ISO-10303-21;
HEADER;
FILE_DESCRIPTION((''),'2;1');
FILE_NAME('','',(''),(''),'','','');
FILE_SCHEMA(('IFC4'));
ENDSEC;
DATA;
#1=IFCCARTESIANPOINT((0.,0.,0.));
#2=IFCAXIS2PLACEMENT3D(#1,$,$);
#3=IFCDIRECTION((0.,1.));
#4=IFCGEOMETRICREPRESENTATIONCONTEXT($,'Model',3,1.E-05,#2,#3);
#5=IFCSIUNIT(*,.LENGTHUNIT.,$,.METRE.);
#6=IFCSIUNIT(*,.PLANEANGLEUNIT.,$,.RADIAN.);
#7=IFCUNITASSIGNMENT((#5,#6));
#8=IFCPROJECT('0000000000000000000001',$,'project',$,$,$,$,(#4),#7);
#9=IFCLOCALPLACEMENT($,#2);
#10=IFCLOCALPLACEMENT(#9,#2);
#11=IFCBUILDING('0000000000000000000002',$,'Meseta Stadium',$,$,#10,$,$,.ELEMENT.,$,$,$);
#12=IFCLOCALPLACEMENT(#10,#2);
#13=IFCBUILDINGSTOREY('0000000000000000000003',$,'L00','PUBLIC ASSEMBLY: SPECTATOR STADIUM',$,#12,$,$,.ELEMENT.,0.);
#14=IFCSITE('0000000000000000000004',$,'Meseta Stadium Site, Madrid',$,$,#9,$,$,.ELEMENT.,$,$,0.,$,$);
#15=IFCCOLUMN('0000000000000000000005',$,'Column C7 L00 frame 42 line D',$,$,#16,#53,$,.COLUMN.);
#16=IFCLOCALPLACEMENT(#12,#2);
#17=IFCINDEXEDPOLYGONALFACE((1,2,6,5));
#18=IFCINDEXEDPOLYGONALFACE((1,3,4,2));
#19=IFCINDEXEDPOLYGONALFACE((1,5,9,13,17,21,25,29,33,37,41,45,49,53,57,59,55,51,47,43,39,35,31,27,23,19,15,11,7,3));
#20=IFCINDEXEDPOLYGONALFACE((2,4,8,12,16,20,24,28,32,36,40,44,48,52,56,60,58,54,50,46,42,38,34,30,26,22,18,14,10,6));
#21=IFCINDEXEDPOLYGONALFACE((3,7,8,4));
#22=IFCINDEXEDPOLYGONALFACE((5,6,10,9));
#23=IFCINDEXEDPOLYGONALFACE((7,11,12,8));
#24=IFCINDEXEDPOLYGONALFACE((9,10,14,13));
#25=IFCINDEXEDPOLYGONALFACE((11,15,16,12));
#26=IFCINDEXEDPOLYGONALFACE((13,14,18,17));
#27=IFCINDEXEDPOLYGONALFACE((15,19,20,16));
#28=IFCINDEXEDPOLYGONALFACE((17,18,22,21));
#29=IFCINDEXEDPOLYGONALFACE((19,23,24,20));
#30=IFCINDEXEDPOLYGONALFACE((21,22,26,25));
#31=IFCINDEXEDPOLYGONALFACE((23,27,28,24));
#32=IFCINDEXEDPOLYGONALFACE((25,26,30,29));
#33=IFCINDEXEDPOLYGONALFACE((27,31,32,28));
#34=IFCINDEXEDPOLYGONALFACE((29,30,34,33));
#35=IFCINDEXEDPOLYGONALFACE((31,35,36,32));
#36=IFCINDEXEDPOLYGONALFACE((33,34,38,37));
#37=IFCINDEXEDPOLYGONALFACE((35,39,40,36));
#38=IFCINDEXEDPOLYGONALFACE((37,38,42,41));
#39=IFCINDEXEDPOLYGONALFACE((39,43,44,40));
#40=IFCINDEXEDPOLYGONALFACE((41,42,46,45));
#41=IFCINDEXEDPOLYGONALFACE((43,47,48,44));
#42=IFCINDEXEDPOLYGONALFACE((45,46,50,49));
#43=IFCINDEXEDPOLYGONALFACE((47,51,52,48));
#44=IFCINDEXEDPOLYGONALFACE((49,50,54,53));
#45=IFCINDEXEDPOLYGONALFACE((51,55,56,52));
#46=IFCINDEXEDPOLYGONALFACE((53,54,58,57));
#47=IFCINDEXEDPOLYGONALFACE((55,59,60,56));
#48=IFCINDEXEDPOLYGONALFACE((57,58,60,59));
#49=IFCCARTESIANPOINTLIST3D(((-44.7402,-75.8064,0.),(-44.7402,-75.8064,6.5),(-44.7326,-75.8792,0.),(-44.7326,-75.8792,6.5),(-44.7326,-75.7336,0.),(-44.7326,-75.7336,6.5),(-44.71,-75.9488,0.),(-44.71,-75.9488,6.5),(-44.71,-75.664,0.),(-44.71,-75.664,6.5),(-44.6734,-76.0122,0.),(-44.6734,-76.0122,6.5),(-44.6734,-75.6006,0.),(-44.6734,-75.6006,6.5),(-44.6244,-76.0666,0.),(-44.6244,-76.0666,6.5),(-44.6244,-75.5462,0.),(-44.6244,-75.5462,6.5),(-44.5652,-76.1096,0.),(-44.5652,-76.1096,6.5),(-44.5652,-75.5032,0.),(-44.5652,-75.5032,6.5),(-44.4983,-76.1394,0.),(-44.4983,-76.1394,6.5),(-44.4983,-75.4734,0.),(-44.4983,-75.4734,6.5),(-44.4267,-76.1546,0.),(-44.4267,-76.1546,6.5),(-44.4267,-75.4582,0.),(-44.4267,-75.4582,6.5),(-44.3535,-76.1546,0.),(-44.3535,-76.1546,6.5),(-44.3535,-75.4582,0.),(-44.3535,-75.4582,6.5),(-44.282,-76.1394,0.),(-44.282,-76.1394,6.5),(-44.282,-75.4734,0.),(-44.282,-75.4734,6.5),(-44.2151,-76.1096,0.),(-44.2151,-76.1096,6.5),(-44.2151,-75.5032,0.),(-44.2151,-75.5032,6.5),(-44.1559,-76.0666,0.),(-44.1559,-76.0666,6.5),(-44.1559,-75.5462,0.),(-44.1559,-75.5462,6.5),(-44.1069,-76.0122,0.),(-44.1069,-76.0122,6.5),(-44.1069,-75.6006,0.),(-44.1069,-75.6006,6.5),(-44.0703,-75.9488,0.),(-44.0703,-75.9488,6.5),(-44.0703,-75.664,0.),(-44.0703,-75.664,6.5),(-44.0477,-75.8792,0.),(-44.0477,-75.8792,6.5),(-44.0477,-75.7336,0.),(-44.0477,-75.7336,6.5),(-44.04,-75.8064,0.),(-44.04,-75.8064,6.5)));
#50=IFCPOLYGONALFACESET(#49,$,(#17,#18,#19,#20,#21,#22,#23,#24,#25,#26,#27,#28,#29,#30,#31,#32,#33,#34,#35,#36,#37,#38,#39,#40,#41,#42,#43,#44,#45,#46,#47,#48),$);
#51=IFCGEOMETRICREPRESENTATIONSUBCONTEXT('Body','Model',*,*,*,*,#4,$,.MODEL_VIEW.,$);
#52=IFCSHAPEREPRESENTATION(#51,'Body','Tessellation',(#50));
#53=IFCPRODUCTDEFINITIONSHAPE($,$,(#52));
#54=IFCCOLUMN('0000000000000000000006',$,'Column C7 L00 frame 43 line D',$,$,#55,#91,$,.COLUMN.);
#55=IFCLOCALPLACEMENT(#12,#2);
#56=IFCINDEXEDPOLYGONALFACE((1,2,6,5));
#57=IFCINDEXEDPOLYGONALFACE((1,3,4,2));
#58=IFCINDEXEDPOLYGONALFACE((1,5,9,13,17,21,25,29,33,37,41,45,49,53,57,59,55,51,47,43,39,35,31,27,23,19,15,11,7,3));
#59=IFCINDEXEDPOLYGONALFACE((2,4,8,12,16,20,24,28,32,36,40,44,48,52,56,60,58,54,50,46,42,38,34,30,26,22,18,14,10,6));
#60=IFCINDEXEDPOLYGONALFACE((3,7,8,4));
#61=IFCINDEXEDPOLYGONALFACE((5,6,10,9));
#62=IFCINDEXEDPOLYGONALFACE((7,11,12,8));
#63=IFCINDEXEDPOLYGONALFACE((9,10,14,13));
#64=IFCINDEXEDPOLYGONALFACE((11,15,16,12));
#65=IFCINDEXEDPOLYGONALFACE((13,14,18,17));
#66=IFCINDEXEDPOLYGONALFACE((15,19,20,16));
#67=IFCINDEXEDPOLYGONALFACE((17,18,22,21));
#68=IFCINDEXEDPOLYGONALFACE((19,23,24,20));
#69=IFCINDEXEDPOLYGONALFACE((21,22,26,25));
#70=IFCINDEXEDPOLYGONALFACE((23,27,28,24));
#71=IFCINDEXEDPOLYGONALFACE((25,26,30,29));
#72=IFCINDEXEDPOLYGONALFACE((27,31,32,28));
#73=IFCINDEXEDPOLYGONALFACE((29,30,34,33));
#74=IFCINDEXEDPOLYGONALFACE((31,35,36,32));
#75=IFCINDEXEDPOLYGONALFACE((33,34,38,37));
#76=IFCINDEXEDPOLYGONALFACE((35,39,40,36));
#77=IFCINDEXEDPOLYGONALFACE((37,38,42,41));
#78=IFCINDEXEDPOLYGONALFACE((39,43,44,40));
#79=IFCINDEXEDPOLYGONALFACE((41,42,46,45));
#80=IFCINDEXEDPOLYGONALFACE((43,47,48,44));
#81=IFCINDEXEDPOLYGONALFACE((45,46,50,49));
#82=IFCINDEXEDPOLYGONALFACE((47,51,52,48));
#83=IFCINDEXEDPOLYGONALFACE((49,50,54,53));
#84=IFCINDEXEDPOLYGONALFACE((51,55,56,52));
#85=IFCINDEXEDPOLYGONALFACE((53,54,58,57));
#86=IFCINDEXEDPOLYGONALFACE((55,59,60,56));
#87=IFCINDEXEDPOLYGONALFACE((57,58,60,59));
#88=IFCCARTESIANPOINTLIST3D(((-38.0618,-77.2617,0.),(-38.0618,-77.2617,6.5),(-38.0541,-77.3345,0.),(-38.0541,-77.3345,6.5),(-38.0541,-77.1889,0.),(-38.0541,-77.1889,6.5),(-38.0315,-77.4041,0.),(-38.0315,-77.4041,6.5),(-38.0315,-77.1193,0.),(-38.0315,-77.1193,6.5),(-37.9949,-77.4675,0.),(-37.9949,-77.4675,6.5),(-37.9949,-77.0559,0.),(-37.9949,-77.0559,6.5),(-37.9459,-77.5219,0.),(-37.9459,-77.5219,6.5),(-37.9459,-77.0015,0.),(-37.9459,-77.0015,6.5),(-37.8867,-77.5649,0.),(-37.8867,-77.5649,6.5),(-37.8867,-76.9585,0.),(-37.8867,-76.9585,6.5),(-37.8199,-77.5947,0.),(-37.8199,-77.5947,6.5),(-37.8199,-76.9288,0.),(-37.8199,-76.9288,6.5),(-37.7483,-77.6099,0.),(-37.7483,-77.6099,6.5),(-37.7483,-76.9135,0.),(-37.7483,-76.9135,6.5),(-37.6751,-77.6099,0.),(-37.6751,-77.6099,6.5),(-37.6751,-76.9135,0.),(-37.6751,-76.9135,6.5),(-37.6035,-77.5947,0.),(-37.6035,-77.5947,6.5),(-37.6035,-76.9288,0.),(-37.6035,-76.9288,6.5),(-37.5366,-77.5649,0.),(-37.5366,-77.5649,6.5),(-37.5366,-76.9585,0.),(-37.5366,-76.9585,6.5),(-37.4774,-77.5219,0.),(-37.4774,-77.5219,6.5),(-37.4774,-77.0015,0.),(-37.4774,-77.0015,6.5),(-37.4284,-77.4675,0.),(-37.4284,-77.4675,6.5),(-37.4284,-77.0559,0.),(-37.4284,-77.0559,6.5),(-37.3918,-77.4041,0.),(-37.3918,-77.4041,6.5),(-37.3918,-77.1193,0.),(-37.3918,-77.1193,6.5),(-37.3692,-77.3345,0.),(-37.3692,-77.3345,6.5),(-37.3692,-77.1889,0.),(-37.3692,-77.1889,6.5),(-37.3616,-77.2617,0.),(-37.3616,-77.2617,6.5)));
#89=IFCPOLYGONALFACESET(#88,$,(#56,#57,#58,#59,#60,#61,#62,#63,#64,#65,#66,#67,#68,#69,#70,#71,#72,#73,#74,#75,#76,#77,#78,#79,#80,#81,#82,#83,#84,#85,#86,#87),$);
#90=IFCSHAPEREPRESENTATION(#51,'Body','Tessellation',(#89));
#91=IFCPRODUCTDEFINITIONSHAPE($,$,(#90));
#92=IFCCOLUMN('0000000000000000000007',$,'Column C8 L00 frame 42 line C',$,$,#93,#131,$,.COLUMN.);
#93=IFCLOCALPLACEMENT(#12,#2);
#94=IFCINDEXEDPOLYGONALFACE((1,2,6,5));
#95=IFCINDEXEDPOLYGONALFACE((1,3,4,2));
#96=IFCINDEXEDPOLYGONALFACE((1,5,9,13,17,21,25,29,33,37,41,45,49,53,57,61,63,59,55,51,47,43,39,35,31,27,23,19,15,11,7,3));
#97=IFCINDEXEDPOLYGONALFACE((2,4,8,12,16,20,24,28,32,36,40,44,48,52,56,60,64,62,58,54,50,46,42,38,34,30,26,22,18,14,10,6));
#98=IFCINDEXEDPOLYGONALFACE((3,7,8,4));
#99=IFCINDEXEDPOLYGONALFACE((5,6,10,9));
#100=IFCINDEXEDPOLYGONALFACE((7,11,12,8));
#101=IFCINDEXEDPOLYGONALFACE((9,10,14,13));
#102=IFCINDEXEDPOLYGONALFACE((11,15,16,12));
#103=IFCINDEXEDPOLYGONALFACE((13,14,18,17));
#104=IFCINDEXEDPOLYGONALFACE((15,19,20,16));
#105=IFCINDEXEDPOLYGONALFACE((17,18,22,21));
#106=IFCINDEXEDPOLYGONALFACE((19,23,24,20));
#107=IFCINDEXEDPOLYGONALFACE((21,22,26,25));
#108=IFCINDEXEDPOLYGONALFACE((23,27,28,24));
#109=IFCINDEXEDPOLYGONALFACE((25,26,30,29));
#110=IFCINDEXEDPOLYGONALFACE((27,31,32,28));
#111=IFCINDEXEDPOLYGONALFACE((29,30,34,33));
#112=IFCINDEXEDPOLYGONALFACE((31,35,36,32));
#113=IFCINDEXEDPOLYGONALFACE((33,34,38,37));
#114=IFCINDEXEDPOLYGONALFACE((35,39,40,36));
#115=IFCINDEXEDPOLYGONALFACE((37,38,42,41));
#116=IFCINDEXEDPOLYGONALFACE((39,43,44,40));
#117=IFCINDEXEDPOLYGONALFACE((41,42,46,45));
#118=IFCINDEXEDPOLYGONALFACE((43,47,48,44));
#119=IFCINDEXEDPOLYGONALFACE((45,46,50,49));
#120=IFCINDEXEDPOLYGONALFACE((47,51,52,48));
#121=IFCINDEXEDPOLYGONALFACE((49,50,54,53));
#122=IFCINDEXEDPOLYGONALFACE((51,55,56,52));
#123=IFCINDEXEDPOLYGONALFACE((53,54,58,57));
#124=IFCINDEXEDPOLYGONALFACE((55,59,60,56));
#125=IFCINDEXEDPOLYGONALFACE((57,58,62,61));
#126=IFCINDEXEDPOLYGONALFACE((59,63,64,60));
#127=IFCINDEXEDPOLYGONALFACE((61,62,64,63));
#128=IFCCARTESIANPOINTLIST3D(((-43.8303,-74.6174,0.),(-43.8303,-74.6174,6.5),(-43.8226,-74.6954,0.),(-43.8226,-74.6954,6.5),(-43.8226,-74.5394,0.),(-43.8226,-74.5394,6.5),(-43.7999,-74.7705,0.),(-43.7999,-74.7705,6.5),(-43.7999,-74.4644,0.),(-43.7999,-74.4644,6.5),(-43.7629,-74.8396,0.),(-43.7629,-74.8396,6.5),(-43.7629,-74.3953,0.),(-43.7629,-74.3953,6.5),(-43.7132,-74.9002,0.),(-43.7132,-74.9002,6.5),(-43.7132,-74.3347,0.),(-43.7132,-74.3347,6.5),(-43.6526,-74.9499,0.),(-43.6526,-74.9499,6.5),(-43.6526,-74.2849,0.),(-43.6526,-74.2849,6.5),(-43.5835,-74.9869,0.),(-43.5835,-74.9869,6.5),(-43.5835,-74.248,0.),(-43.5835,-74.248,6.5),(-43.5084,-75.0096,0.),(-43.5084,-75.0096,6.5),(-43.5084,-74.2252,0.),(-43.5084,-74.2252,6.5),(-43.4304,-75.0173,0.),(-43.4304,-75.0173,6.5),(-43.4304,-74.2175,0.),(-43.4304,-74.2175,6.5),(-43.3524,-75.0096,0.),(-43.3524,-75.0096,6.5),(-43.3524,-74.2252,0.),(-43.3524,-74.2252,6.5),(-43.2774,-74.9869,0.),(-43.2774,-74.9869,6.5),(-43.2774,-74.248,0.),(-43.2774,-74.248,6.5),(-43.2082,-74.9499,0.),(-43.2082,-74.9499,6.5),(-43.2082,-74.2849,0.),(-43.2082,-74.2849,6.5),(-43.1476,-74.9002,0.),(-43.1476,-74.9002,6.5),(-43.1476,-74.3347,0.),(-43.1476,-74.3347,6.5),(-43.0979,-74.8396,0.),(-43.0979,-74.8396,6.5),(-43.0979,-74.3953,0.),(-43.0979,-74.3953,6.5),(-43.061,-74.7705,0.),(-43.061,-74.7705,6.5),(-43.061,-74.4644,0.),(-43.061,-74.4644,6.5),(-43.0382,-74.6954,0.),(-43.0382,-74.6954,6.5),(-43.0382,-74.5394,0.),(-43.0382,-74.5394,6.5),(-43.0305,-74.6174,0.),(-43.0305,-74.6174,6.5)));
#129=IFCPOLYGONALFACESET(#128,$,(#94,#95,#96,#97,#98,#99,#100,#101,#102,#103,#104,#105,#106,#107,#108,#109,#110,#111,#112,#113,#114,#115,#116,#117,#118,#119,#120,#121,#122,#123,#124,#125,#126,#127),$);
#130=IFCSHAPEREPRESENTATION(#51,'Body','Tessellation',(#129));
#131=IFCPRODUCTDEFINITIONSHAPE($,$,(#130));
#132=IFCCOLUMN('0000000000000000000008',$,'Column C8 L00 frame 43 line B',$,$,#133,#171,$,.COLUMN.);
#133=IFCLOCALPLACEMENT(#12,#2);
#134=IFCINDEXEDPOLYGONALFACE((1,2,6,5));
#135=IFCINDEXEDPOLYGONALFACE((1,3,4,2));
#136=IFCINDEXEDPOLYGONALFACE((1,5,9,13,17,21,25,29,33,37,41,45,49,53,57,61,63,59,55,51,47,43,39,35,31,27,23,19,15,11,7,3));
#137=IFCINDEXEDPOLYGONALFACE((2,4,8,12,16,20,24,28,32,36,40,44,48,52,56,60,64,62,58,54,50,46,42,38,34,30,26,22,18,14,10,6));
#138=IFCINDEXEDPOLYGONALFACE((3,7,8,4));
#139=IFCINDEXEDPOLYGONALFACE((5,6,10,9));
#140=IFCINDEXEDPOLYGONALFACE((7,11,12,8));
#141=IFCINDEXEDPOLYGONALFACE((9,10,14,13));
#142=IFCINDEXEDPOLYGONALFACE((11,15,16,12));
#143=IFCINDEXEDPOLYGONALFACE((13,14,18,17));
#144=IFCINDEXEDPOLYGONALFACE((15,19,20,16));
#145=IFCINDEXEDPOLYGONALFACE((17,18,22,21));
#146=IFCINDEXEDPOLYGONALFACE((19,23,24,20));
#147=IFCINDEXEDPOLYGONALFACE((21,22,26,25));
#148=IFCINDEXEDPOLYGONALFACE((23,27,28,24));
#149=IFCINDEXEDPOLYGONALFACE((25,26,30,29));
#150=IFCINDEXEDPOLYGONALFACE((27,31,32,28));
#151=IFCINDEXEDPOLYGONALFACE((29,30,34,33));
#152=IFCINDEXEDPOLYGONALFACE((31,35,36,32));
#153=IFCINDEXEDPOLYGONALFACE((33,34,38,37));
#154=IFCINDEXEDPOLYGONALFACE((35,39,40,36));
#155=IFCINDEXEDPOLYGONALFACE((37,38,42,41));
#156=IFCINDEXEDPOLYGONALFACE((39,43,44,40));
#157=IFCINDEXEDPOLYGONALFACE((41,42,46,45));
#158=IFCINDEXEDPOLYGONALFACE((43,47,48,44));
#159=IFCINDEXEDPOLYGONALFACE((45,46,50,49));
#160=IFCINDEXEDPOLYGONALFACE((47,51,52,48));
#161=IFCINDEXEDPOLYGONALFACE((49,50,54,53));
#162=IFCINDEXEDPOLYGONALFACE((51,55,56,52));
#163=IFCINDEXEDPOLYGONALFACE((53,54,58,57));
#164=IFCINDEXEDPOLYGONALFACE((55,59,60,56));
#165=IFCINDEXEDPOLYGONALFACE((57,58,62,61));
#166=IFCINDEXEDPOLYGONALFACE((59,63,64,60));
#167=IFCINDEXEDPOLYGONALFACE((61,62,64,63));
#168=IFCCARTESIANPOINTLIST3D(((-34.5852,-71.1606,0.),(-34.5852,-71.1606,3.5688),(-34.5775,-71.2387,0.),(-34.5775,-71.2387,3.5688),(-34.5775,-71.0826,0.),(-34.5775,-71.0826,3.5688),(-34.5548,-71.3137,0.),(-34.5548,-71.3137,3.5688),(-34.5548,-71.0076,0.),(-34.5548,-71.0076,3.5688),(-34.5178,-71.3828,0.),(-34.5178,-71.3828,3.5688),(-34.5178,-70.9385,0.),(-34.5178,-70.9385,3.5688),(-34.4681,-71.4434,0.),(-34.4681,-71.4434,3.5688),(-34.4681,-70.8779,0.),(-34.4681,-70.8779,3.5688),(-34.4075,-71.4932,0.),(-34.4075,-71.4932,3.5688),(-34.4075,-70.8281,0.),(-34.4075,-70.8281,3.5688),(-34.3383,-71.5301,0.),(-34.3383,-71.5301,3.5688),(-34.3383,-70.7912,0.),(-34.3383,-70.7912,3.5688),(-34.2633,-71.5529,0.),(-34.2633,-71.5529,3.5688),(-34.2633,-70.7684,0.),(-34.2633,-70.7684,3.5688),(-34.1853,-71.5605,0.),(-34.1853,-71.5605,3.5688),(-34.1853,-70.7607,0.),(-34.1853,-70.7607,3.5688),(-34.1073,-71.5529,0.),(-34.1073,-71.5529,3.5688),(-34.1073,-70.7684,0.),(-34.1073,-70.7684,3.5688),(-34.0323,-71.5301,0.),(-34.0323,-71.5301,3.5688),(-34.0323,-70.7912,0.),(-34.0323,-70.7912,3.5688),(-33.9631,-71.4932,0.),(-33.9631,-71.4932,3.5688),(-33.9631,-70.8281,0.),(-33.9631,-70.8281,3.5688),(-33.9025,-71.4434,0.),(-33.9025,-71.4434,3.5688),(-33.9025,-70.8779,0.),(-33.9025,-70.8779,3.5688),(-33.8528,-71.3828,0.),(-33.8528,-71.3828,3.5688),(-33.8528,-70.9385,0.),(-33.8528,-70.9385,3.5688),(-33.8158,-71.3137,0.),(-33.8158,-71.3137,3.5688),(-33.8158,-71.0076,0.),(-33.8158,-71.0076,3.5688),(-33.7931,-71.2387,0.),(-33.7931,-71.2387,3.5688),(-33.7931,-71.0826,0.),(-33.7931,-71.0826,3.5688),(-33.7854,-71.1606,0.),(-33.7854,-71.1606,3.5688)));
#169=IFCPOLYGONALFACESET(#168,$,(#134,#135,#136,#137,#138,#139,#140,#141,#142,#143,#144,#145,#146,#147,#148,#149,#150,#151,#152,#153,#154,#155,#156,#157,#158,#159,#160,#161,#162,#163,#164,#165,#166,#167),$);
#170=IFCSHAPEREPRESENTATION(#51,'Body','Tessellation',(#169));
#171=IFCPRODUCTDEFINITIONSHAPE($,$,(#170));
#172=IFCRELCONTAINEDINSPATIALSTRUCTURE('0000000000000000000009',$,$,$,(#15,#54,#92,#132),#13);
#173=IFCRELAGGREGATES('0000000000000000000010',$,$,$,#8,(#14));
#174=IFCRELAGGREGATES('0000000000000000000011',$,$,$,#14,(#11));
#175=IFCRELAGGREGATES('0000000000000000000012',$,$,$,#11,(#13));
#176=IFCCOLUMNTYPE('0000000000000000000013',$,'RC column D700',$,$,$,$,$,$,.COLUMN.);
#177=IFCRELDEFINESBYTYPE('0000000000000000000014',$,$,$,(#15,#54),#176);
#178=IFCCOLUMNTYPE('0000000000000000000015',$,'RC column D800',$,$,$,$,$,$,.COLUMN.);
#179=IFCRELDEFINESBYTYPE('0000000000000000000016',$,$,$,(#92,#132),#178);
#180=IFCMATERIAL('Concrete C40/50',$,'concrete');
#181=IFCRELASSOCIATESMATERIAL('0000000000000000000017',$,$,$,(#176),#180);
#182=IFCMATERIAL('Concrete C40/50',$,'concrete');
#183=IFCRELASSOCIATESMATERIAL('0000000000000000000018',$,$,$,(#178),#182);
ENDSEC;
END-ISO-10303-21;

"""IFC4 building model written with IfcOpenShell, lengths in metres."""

from ifc_helpers import new_model, si_unit, direction, frame, origin, origin_2d, place, context, subcontext, project, spatial, circle, extrude, material, material_profile, profile_set, type_object, element, save


model = new_model("IFC4")

# Units and contexts
model_context = context("Model", 3, precision=1e-05, world=origin(), true_north=direction((0.0, 1.0)))
body_context = subcontext(model_context, "Body", "Model", "MODEL_VIEW")
ifc_project = project(units=[si_unit("LENGTHUNIT", "METRE"), si_unit("PLANEANGLEUNIT", "RADIAN")], contexts=[model_context])

# Site, building, storey
site_placement = place(None, origin())
site = spatial("IfcSite", under=ifc_project, at=site_placement, Name="Meseta Stadium Site, Madrid", CompositionType="ELEMENT", RefElevation=0.0)
building_placement = place(site_placement, origin())
building = spatial("IfcBuilding", under=site, at=building_placement, Name="Meseta Stadium", CompositionType="ELEMENT")
storey_placement = place(building_placement, origin())
storey = spatial("IfcBuildingStorey", under=building, at=storey_placement, Name="L00", Description="PUBLIC ASSEMBLY: SPECTATOR STADIUM", CompositionType="ELEMENT", Elevation=0.0)

# Columns
ifc_material_1 = material(Name="Concrete C40/50", Category="concrete")
ifc_material_profile_1 = material_profile(ifc_material_1, circle(Radius=0.3501, at=origin_2d()), Name="RC D700")
ifc_profile_set_1 = profile_set([ifc_material_profile_1], Name="Concrete C40/50")
column_type_1 = type_object("IfcColumnType", Name="RC column D700", PredefinedType="COLUMN", material=ifc_profile_set_1)
for number, where, z_axis, x_axis, name in (
    (1, (-44.3901, -75.8064, 0.0), (0.0, 0.0, 1.0), (1.0, 0.0, 0.0), "Column C7 L00 frame 42 line D"),
    (2, (-37.7117, -77.2617, 0.0), (0.0, 0.0, 1.0), (1.0, 0.0, 0.0), "Column C7 L00 frame 43 line D"),
):
    element("IfcColumn", number, at=place(storey_placement, frame(where, z_axis=z_axis, x_axis=x_axis)), inside=storey, type_object=column_type_1, Name=name, PredefinedType="COLUMN", context=body_context, shape_type="SweptSolid", body=[
        extrude(circle(Radius=0.3501, at=origin_2d()), origin(), (0.0, 0.0, 1.0), 6.5),
    ])
ifc_material_2 = material(Name="Concrete C40/50", Category="concrete")
ifc_material_profile_2 = material_profile(ifc_material_2, circle(Radius=0.3999, at=origin_2d()), Name="RC D800")
ifc_profile_set_2 = profile_set([ifc_material_profile_2], Name="Concrete C40/50")
column_type_2 = type_object("IfcColumnType", Name="RC column D800", PredefinedType="COLUMN", material=ifc_profile_set_2)
column_1_placement = place(storey_placement, frame((-43.4304, -74.6174, 0.0), z_axis=(0.0, 0.0, 1.0), x_axis=(1.0, 0.0, 0.0)))
element("IfcColumn", 3, at=column_1_placement, inside=storey, type_object=column_type_2, Name="Column C8 L00 frame 42 line C", PredefinedType="COLUMN", context=body_context, shape_type="SweptSolid", body=[
    extrude(circle(Radius=0.3999, at=origin_2d()), origin(), (0.0, 0.0, 1.0), 6.5),
])
column_2_placement = place(storey_placement, frame((-34.1853, -71.1606, 0.0), z_axis=(0.0, 0.0, 1.0), x_axis=(1.0, 0.0, 0.0)))
element("IfcColumn", 4, at=column_2_placement, inside=storey, type_object=column_type_2, Name="Column C8 L00 frame 43 line B", PredefinedType="COLUMN", context=body_context, shape_type="SweptSolid", body=[
    extrude(circle(Radius=0.3999, at=origin_2d()), origin(), (0.0, 0.0, 1.0), 3.5688),
])

save(model, "model.ifc")
